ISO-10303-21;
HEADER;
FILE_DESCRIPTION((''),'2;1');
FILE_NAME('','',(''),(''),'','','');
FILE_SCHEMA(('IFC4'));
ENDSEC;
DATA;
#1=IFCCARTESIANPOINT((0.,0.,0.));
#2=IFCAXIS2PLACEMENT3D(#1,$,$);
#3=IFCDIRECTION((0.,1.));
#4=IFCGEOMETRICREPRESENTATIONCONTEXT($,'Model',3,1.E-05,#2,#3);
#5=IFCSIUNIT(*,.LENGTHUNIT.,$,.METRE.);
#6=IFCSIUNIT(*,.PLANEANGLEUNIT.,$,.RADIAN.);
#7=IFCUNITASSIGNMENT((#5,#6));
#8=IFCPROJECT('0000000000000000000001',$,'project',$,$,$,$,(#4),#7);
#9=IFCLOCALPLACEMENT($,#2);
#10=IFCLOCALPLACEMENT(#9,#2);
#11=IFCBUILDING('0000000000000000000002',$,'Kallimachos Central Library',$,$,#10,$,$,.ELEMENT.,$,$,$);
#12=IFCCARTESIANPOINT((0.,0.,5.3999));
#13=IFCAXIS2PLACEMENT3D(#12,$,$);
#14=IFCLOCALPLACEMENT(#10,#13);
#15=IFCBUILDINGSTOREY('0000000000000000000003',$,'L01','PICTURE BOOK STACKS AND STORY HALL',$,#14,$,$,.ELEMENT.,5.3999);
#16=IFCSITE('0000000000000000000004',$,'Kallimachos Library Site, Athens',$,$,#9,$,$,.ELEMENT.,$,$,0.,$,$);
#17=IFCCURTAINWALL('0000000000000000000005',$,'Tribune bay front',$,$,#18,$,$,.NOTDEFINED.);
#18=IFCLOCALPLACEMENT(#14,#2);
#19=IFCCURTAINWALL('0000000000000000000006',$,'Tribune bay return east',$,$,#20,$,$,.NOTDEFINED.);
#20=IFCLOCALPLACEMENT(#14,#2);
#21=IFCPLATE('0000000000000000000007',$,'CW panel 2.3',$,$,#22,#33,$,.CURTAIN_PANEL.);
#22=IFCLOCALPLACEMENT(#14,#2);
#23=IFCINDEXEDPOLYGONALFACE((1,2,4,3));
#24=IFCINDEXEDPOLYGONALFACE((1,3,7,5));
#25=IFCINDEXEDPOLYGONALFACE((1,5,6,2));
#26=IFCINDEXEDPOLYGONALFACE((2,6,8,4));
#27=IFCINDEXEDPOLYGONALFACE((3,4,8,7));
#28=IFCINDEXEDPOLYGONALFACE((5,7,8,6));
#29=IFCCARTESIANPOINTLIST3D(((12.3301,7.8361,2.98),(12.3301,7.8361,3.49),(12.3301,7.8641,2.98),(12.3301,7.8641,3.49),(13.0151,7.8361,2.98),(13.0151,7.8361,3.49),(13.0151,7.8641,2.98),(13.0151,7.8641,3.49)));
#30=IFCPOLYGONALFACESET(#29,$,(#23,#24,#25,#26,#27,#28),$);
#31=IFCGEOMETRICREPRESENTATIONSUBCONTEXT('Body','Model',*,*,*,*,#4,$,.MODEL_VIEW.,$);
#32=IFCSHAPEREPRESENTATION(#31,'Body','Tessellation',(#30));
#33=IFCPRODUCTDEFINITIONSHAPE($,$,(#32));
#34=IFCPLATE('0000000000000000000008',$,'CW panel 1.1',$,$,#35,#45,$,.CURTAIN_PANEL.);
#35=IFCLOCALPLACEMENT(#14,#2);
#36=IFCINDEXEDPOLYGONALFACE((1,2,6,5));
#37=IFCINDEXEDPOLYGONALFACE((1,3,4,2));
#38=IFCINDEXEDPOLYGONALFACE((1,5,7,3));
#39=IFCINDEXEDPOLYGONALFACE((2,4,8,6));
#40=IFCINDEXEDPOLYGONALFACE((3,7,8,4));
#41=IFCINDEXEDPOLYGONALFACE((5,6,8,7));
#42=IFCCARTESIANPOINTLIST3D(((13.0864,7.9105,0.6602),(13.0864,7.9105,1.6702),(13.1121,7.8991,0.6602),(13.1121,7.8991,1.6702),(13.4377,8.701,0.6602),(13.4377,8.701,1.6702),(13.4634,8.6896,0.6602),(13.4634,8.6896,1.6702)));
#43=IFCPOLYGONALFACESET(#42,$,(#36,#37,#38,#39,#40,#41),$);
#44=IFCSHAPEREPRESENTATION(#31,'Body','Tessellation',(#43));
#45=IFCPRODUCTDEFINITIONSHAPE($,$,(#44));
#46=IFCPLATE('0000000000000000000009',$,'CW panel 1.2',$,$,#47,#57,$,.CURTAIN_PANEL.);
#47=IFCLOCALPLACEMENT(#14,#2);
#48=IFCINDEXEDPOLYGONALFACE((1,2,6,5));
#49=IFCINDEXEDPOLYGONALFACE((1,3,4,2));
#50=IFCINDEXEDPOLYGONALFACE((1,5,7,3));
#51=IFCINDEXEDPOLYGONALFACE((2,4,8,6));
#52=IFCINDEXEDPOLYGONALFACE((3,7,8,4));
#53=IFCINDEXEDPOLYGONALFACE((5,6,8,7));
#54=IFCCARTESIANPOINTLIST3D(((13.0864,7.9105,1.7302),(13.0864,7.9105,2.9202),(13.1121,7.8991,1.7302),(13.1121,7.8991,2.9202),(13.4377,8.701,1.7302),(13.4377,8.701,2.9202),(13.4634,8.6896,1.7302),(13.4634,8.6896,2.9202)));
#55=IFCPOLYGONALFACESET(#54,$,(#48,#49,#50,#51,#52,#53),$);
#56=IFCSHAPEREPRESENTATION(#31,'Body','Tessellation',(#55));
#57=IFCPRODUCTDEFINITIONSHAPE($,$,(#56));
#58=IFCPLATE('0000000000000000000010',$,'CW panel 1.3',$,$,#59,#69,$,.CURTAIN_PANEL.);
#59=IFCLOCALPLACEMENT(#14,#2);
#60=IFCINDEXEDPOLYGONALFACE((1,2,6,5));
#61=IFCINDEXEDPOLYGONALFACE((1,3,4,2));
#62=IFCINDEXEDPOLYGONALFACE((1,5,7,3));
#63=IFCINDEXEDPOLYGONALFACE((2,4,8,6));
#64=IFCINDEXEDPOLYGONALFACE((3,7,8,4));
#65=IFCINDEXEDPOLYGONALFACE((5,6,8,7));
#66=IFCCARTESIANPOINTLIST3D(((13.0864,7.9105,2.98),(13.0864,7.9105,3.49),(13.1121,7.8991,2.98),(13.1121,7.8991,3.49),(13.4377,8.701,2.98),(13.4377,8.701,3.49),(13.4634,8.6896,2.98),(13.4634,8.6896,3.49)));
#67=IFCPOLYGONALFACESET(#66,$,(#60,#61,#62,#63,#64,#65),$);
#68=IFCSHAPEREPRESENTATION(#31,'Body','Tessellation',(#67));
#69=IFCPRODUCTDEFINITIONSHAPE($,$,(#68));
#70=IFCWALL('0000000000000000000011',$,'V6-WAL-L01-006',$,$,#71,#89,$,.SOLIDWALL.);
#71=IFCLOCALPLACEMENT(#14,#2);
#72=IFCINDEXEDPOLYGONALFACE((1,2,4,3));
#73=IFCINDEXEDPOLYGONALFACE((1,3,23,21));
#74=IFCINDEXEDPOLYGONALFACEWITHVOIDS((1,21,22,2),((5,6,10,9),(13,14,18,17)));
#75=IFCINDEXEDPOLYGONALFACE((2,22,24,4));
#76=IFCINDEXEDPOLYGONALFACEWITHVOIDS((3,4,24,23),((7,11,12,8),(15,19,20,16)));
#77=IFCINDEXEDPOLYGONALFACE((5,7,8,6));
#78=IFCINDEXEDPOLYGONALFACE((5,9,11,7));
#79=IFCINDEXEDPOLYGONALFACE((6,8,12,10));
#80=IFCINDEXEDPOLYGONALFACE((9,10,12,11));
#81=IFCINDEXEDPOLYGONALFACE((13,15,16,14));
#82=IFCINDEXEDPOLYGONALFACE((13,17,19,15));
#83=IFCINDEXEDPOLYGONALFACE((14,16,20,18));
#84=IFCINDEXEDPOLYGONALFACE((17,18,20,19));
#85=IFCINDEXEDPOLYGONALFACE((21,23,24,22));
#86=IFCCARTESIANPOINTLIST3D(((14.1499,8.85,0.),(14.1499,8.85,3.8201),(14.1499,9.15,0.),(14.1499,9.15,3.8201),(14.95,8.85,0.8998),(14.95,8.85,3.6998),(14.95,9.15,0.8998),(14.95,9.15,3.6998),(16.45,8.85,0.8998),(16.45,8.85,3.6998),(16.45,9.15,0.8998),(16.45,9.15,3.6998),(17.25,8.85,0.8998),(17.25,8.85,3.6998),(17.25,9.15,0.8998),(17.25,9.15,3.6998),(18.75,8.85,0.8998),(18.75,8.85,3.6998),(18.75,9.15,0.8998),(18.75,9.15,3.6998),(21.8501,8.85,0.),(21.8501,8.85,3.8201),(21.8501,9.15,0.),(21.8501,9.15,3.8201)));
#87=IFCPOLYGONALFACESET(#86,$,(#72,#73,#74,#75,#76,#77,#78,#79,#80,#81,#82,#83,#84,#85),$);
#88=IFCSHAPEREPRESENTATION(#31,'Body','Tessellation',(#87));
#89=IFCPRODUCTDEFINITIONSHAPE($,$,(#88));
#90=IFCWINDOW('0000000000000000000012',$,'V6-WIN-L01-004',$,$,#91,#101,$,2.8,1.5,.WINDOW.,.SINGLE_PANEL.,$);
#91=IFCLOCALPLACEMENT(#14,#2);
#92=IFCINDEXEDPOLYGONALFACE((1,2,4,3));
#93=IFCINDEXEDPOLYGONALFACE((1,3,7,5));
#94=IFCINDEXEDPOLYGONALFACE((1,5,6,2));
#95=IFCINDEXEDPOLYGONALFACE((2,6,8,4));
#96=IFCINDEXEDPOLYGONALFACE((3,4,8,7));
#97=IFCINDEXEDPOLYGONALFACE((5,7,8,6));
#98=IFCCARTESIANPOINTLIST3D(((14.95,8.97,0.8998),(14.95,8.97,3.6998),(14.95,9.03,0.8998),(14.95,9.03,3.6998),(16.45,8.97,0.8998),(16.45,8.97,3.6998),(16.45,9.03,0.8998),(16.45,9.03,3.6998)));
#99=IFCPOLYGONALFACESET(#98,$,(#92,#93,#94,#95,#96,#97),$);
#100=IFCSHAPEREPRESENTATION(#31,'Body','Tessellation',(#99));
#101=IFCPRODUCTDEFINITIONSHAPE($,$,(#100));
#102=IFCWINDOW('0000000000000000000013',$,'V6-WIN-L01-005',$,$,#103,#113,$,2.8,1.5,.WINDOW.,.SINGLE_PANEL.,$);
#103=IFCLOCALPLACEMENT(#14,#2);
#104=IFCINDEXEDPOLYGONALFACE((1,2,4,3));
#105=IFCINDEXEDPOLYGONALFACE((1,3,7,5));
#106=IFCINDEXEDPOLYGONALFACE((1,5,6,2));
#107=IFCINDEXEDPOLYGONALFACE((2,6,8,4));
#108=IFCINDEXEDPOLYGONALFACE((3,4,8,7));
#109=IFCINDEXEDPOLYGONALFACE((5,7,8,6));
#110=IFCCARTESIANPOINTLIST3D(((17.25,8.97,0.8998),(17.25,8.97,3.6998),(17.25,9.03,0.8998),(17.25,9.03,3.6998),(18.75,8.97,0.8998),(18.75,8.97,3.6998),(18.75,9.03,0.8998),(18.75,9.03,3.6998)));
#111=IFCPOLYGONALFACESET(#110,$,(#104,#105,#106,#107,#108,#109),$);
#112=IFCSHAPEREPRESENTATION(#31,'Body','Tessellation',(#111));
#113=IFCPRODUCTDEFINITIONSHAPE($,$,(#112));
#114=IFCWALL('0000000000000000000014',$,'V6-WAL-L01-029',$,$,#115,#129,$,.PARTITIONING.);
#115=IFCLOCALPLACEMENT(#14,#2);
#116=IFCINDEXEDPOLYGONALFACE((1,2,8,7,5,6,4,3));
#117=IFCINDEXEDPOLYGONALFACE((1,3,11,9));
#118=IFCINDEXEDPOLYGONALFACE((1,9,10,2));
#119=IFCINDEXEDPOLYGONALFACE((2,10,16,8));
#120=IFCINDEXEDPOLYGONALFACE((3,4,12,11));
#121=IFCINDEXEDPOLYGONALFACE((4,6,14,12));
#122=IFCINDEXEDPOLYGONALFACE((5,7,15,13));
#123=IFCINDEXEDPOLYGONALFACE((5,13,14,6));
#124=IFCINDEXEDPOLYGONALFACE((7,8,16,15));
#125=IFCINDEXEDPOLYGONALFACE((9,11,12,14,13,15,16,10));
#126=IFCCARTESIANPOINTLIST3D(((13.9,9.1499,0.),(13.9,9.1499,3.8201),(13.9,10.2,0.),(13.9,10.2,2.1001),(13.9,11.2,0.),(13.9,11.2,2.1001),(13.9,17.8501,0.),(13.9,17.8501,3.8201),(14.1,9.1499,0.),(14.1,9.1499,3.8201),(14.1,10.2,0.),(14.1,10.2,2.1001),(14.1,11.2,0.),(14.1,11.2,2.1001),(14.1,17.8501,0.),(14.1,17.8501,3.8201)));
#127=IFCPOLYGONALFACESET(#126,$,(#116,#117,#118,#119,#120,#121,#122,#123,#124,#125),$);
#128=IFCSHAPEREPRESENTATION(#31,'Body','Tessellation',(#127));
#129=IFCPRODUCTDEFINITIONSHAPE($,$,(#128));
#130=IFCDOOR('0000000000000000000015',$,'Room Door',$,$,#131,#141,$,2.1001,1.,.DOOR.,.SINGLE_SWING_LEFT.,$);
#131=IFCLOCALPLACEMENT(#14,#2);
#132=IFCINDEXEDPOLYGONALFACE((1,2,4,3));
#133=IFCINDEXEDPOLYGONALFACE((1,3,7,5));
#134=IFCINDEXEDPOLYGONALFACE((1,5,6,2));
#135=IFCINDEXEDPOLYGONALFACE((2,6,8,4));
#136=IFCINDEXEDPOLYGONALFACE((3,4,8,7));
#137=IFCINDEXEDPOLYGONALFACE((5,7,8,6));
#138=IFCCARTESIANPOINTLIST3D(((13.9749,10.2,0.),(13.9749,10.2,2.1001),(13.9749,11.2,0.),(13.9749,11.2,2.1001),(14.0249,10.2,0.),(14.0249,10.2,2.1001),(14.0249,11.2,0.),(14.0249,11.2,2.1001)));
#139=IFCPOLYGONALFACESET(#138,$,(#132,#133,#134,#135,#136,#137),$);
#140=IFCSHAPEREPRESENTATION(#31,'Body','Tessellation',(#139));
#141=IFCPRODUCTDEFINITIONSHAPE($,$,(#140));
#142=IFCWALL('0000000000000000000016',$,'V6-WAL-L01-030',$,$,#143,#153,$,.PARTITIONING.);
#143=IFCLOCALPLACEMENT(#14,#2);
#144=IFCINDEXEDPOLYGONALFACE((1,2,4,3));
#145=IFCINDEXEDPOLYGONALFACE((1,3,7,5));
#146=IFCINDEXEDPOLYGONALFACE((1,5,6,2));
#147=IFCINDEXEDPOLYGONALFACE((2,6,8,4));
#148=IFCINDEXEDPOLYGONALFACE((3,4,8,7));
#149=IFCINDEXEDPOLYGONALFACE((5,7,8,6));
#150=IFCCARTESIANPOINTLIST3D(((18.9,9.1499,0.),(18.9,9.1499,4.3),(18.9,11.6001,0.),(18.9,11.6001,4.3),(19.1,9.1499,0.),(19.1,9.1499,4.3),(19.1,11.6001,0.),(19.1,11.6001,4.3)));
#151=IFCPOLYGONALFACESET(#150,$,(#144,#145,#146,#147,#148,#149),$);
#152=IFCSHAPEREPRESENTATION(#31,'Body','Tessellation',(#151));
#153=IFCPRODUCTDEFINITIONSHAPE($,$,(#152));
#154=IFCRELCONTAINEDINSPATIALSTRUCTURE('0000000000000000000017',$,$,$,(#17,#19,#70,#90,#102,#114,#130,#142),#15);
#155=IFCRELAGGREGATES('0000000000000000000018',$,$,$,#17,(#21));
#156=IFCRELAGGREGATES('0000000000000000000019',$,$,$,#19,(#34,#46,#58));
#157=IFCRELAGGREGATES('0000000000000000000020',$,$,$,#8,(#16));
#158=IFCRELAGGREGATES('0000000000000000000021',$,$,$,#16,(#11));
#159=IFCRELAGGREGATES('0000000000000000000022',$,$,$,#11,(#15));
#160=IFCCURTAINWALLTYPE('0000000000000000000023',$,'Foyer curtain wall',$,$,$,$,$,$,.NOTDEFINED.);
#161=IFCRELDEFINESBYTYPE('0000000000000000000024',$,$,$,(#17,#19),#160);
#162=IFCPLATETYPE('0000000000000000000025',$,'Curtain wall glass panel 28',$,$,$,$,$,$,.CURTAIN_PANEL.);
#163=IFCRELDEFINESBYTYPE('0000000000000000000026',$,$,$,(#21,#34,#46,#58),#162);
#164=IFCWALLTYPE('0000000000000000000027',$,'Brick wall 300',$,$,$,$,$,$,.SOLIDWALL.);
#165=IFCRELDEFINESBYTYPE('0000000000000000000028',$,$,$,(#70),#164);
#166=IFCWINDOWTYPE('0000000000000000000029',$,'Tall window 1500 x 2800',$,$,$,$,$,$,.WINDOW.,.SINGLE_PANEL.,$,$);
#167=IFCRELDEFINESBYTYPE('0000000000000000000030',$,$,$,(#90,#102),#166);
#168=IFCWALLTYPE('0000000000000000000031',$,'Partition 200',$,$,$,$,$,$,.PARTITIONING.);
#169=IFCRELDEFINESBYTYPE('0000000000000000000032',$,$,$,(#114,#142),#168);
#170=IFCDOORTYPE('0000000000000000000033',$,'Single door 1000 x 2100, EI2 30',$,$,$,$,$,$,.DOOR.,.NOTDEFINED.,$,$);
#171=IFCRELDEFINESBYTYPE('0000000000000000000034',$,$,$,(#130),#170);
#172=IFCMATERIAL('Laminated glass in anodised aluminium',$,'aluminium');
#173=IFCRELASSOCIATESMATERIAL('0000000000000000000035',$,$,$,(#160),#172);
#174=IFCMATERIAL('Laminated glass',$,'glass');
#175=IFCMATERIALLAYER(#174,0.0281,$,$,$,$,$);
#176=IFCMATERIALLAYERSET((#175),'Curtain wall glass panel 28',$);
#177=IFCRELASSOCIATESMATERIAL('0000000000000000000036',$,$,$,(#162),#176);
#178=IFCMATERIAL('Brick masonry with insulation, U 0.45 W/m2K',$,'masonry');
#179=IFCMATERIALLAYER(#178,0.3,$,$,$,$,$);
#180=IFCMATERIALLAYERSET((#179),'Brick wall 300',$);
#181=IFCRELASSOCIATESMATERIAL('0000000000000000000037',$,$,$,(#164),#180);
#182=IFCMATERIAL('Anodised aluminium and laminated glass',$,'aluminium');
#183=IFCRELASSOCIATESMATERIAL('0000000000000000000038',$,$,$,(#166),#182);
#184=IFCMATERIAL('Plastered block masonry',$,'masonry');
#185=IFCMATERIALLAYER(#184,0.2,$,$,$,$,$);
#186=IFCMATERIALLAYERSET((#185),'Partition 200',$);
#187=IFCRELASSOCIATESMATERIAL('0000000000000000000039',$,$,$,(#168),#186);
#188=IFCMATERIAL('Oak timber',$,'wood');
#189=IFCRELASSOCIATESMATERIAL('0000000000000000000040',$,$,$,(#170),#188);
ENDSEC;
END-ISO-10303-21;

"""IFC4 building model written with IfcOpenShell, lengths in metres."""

from ifc_helpers import new_model, si_unit, direction, frame, frame_2d, origin, origin_2d, place, context, subcontext, project, spatial, rectangle, extrude, material, layer, layer_set, type_object, element, fill, aggregate, save


model = new_model("IFC4")

# Units and contexts
model_context = context("Model", 3, precision=1e-05, world=origin(), true_north=direction((0.0, 1.0)))
body_context = subcontext(model_context, "Body", "Model", "MODEL_VIEW")
ifc_project = project(units=[si_unit("LENGTHUNIT", "METRE"), si_unit("PLANEANGLEUNIT", "RADIAN")], contexts=[model_context])

# Site, building, storey
site_placement = place(None, origin())
site = spatial("IfcSite", under=ifc_project, at=site_placement, Name="Kallimachos Library Site, Athens", CompositionType="ELEMENT", RefElevation=0.0)
building_placement = place(site_placement, origin())
building = spatial("IfcBuilding", under=site, at=building_placement, Name="Kallimachos Central Library", CompositionType="ELEMENT")
storey_placement = place(building_placement, frame((0.0, 0.0, 5.3999)))
storey = spatial("IfcBuildingStorey", under=building, at=storey_placement, Name="L01", Description="PICTURE BOOK STACKS AND STORY HALL", CompositionType="ELEMENT", Elevation=5.3999)

# Curtain wall
ifc_material_1 = material(Name="Laminated glass in anodised aluminium", Category="aluminium")
curtain_wall_type = type_object("IfcCurtainWallType", Name="Foyer curtain wall", PredefinedType="NOTDEFINED", material=ifc_material_1)
curtain_wall_1_placement = place(storey_placement, origin())
curtain_wall_1 = element("IfcCurtainWall", 1, at=curtain_wall_1_placement, inside=storey, type_object=curtain_wall_type, Name="Tribune bay front", PredefinedType="NOTDEFINED")

# Curtain wall
curtain_wall_2_placement = place(storey_placement, origin())
curtain_wall_2 = element("IfcCurtainWall", 2, at=curtain_wall_2_placement, inside=storey, type_object=curtain_wall_type, Name="Tribune bay return east", PredefinedType="NOTDEFINED")

# Plates
ifc_material_2 = material(Name="Laminated glass", Category="glass")
ifc_layer_1 = layer(ifc_material_2, 0.0281)
ifc_layer_set_1 = layer_set([ifc_layer_1], Name="Curtain wall glass panel 28")
plate_type = type_object("IfcPlateType", Name="Curtain wall glass panel 28", PredefinedType="CURTAIN_PANEL", material=ifc_layer_set_1)
plate_1_placement = place(storey_placement, frame((12.6726, 7.8501, 2.98), z_axis=(0.0, 0.0, 1.0), x_axis=(1.0, 0.0, 0.0)))
plate_1 = element("IfcPlate", 3, at=plate_1_placement, type_object=plate_type, Name="CW panel 2.3", PredefinedType="CURTAIN_PANEL", context=body_context, shape_type="SweptSolid", body=[
    extrude(rectangle(XDim=0.6851, YDim=0.0281, at=origin_2d()), origin(), (0.0, 0.0, 1.0), 0.51),
])
aggregate(curtain_wall_1, [plate_1])
plate_2_placement = place(storey_placement, frame((13.2749, 8.3, 0.6602), z_axis=(0.0, 0.0, 1.0), x_axis=(0.406138, 0.913812, 0.0)))
plate_2 = element("IfcPlate", 4, at=plate_2_placement, type_object=plate_type, Name="CW panel 1.1", PredefinedType="CURTAIN_PANEL", context=body_context, shape_type="SweptSolid", body=[
    extrude(rectangle(XDim=0.865, YDim=0.0281, at=origin_2d()), origin(), (0.0, 0.0, 1.0), 1.01),
])
plate_3_placement = place(storey_placement, frame((13.2749, 8.3, 1.7302), z_axis=(0.0, 0.0, 1.0), x_axis=(0.406138, 0.913812, 0.0)))
plate_3 = element("IfcPlate", 5, at=plate_3_placement, type_object=plate_type, Name="CW panel 1.2", PredefinedType="CURTAIN_PANEL", context=body_context, shape_type="SweptSolid", body=[
    extrude(rectangle(XDim=0.865, YDim=0.0281, at=origin_2d()), origin(), (0.0, 0.0, 1.0), 1.1899),
])
plate_4_placement = place(storey_placement, frame((13.2749, 8.3, 2.98), z_axis=(0.0, 0.0, 1.0), x_axis=(0.406138, 0.913812, 0.0)))
plate_4 = element("IfcPlate", 6, at=plate_4_placement, type_object=plate_type, Name="CW panel 1.3", PredefinedType="CURTAIN_PANEL", context=body_context, shape_type="SweptSolid", body=[
    extrude(rectangle(XDim=0.865, YDim=0.0281, at=origin_2d()), origin(), (0.0, 0.0, 1.0), 0.51),
])
aggregate(curtain_wall_2, [plate_2, plate_3, plate_4])

# Wall, openings, windows
ifc_material_3 = material(Name="Brick masonry with insulation, U 0.45 W/m2K", Category="masonry")
ifc_layer_2 = layer(ifc_material_3, 0.3)
ifc_layer_set_2 = layer_set([ifc_layer_2], Name="Brick wall 300")
wall_type_1 = type_object("IfcWallType", Name="Brick wall 300", PredefinedType="SOLIDWALL", material=ifc_layer_set_2)
wall_1_placement = place(storey_placement, frame((14.1499, 9.0, 0.0), z_axis=(0.0, 0.0, 1.0), x_axis=(1.0, 0.0, 0.0)))
wall_1 = element("IfcWall", 7, at=wall_1_placement, inside=storey, type_object=wall_type_1, Name="V6-WAL-L01-006", PredefinedType="SOLIDWALL", context=body_context, shape_type="SweptSolid", body=[
    extrude(rectangle(XDim=7.7002, YDim=0.3, at=frame_2d((3.8501, 0.0))), origin(), (0.0, 0.0, 1.0), 3.8201),
])
opening_1_placement = place(wall_1_placement, frame((0.8, 0.0, 0.8999)))
opening_1 = element("IfcOpeningElement", 8, at=opening_1_placement, cuts=wall_1, PredefinedType="OPENING", context=body_context, shape_type="SweptSolid", body=[
    extrude(rectangle(XDim=1.5, YDim=2.8, at=frame_2d((0.75, 1.3999))), frame((0.0, 0.1599, 0.0), z_axis=(0.0, -1.0, 0.0), x_axis=(1.0, 0.0, 0.0)), (0.0, 0.0, 1.0), 0.3201),
])
opening_2_placement = place(wall_1_placement, frame((3.1001, 0.0, 0.8999)))
opening_2 = element("IfcOpeningElement", 9, at=opening_2_placement, cuts=wall_1, PredefinedType="OPENING", context=body_context, shape_type="SweptSolid", body=[
    extrude(rectangle(XDim=1.5, YDim=2.8, at=frame_2d((0.75, 1.3999))), frame((0.0, 0.1599, 0.0), z_axis=(0.0, -1.0, 0.0), x_axis=(1.0, 0.0, 0.0)), (0.0, 0.0, 1.0), 0.3201),
])
ifc_material_4 = material(Name="Anodised aluminium and laminated glass", Category="aluminium")
window_type = type_object("IfcWindowType", Name="Tall window 1500 x 2800", PartitioningType="SINGLE_PANEL", PredefinedType="WINDOW", material=ifc_material_4)
window_1_placement = place(opening_1_placement, origin())
window_1 = element("IfcWindow", 10, at=window_1_placement, inside=storey, type_object=window_type, Name="V6-WIN-L01-004", OverallHeight=2.8, OverallWidth=1.5, PartitioningType="SINGLE_PANEL", PredefinedType="WINDOW", context=body_context, shape_type="SweptSolid", body=[
    extrude(rectangle(XDim=1.5, YDim=2.8, at=frame_2d((0.75, 1.3999))), frame((0.0, 0.03, 0.0), z_axis=(0.0, -1.0, 0.0), x_axis=(1.0, 0.0, 0.0)), (0.0, 0.0, 1.0), 0.0601),
])
fill(opening_1, window_1)
window_2_placement = place(opening_2_placement, origin())
window_2 = element("IfcWindow", 11, at=window_2_placement, inside=storey, type_object=window_type, Name="V6-WIN-L01-005", OverallHeight=2.8, OverallWidth=1.5, PartitioningType="SINGLE_PANEL", PredefinedType="WINDOW", context=body_context, shape_type="SweptSolid", body=[
    extrude(rectangle(XDim=1.5, YDim=2.8, at=frame_2d((0.75, 1.3999))), frame((0.0, 0.03, 0.0), z_axis=(0.0, -1.0, 0.0), x_axis=(1.0, 0.0, 0.0)), (0.0, 0.0, 1.0), 0.0601),
])
fill(opening_2, window_2)

# Wall, opening, door
ifc_material_5 = material(Name="Plastered block masonry", Category="masonry")
ifc_layer_3 = layer(ifc_material_5, 0.2)
ifc_layer_set_3 = layer_set([ifc_layer_3], Name="Partition 200")
wall_type_2 = type_object("IfcWallType", Name="Partition 200", PredefinedType="PARTITIONING", material=ifc_layer_set_3)
wall_2_placement = place(storey_placement, frame((14.0, 9.1499, 0.0), z_axis=(0.0, 0.0, 1.0), x_axis=(0.0, 1.0, 0.0)))
wall_2 = element("IfcWall", 12, at=wall_2_placement, inside=storey, type_object=wall_type_2, Name="V6-WAL-L01-029", PredefinedType="PARTITIONING", context=body_context, shape_type="SweptSolid", body=[
    extrude(rectangle(XDim=8.7002, YDim=0.2, at=frame_2d((4.3501, 0.0))), origin(), (0.0, 0.0, 1.0), 3.8201),
])
opening_3_placement = place(wall_2_placement, frame((1.05, 0.0, 0.0)))
opening_3 = element("IfcOpeningElement", 13, at=opening_3_placement, cuts=wall_2, PredefinedType="OPENING", context=body_context, shape_type="SweptSolid", body=[
    extrude(rectangle(XDim=1.0, YDim=2.1001, at=frame_2d((0.5, 1.05))), frame((0.0, 0.1099, 0.0), z_axis=(0.0, -1.0, 0.0), x_axis=(1.0, 0.0, 0.0)), (0.0, 0.0, 1.0), 0.22),
])
ifc_material_6 = material(Name="Oak timber", Category="wood")
door_type = type_object("IfcDoorType", Name="Single door 1000 x 2100, EI2 30", OperationType="NOTDEFINED", PredefinedType="DOOR", material=ifc_material_6)
door_1_placement = place(opening_3_placement, frame((1.0, 0.0, 0.0), z_axis=(0.0, 0.0, 1.0), x_axis=(-1.0, 0.0, 0.0)))
door_1 = element("IfcDoor", 14, at=door_1_placement, inside=storey, type_object=door_type, Name="Room Door", OperationType="SINGLE_SWING_LEFT", OverallHeight=2.1001, OverallWidth=1.0, PredefinedType="DOOR", context=body_context, shape_type="SweptSolid", body=[
    extrude(rectangle(XDim=1.0, YDim=2.1001, at=frame_2d((0.5, 1.05))), frame((0.0, 0.0249, 0.0), z_axis=(0.0, -1.0, 0.0), x_axis=(1.0, 0.0, 0.0)), (0.0, 0.0, 1.0), 0.05),
])
fill(opening_3, door_1)

# Wall
wall_3_placement = place(storey_placement, frame((19.0, 9.1499, 0.0), z_axis=(0.0, 0.0, 1.0), x_axis=(0.0, 1.0, 0.0)))
element("IfcWall", 15, at=wall_3_placement, inside=storey, type_object=wall_type_2, Name="V6-WAL-L01-030", PredefinedType="PARTITIONING", context=body_context, shape_type="SweptSolid", body=[
    extrude(rectangle(XDim=2.4502, YDim=0.2, at=frame_2d((1.2251, 0.0))), origin(), (0.0, 0.0, 1.0), 4.3),
])

save(model, "model.ifc")
